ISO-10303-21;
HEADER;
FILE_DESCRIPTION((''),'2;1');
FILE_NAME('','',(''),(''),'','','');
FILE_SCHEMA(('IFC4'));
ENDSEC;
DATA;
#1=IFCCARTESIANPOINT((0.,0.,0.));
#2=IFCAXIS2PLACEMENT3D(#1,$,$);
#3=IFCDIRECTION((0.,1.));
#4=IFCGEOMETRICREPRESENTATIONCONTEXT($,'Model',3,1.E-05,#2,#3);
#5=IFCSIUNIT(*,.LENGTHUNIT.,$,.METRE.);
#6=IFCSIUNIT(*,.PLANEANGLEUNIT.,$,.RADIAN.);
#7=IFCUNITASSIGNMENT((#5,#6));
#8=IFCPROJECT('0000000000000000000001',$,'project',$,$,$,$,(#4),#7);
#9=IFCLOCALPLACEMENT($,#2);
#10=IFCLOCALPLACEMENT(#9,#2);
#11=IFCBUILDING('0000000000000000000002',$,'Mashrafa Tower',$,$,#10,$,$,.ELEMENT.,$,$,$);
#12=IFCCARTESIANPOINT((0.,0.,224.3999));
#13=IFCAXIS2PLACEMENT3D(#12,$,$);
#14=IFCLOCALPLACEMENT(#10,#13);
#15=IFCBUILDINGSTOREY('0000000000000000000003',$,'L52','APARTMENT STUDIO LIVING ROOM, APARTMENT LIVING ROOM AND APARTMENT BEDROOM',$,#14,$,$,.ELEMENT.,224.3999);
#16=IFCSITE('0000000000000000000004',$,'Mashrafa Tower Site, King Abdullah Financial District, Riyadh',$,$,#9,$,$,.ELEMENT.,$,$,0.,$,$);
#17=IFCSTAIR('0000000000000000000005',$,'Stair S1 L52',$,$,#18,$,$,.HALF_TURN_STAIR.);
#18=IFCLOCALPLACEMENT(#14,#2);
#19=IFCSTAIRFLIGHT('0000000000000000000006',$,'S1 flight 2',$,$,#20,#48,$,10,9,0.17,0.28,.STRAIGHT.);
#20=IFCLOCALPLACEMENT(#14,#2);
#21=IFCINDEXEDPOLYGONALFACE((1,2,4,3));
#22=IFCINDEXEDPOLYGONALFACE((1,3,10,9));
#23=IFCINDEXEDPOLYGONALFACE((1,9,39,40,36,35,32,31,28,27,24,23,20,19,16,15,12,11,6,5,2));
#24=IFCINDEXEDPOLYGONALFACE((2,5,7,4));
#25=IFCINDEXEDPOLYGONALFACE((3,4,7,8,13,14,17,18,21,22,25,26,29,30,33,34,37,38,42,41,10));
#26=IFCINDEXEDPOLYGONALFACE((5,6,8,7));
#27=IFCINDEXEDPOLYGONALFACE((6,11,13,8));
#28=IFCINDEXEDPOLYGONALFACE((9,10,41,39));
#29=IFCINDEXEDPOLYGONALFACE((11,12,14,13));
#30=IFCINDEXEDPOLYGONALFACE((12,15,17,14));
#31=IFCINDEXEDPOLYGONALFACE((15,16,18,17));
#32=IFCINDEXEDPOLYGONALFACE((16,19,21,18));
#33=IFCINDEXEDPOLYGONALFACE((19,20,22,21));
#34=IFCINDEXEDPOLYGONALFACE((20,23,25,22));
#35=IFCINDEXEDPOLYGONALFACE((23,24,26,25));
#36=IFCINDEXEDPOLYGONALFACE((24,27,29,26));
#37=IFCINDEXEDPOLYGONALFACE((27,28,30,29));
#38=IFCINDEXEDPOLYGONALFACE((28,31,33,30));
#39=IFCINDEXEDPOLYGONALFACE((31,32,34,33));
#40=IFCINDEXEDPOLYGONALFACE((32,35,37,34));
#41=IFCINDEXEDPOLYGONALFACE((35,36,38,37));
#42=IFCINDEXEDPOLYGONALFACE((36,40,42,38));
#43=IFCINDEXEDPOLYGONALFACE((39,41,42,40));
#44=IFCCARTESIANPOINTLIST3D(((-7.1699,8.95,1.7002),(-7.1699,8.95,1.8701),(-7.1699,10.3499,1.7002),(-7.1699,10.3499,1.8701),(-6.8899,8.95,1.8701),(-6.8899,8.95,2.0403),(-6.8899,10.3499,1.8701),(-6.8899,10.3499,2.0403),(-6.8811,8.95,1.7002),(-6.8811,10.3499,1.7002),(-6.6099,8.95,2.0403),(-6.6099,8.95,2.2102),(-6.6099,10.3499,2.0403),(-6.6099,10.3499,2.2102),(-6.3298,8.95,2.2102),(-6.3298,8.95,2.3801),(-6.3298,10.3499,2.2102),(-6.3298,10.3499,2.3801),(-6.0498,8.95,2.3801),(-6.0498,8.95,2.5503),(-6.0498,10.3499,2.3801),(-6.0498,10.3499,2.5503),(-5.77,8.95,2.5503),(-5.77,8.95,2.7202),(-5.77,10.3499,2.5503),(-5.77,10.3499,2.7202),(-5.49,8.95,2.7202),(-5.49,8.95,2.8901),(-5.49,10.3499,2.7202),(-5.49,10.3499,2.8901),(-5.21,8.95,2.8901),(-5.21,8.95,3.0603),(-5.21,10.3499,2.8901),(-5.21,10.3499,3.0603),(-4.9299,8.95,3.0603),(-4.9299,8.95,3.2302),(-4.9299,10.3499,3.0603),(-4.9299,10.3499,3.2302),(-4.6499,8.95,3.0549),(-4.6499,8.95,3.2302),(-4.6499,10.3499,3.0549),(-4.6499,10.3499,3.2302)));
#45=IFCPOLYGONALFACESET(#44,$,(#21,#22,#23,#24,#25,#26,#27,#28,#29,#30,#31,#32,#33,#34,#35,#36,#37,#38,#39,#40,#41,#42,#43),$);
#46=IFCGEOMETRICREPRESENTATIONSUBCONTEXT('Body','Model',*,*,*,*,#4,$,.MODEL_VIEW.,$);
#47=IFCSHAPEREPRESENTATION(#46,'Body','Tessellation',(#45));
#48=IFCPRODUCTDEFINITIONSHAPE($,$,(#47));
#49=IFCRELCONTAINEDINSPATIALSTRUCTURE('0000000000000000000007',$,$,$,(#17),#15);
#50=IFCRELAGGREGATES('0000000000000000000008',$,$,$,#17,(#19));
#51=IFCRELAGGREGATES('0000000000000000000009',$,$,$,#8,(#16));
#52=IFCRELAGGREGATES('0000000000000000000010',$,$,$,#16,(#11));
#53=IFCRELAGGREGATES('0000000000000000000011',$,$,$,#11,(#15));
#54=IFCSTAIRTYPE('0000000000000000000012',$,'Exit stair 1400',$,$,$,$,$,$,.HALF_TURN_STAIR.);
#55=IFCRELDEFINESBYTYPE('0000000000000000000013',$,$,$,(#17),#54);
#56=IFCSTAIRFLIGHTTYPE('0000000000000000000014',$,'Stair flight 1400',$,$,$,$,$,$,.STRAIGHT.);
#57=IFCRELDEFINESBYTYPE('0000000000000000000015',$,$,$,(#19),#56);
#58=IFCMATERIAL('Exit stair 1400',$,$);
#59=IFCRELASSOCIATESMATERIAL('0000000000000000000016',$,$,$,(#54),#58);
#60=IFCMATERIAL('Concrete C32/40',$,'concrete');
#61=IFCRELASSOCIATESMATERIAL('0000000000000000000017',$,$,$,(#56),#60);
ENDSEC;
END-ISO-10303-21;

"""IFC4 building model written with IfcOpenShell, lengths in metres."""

from ifc_helpers import new_model, si_unit, direction, frame, origin, place, context, subcontext, project, spatial, polyline, outline, extrude, material, type_object, element, aggregate, save


model = new_model("IFC4")

# Units and contexts
model_context = context("Model", 3, precision=1e-05, world=origin(), true_north=direction((0.0, 1.0)))
body_context = subcontext(model_context, "Body", "Model", "MODEL_VIEW")
ifc_project = project(units=[si_unit("LENGTHUNIT", "METRE"), si_unit("PLANEANGLEUNIT", "RADIAN")], contexts=[model_context])

# Site, building, storey
site_placement = place(None, origin())
site = spatial("IfcSite", under=ifc_project, at=site_placement, Name="Mashrafa Tower Site, King Abdullah Financial District, Riyadh", CompositionType="ELEMENT", RefElevation=0.0)
building_placement = place(site_placement, origin())
building = spatial("IfcBuilding", under=site, at=building_placement, Name="Mashrafa Tower", CompositionType="ELEMENT")
storey_placement = place(building_placement, frame((0.0, 0.0, 224.3999)))
storey = spatial("IfcBuildingStorey", under=building, at=storey_placement, Name="L52", Description="APARTMENT STUDIO LIVING ROOM, APARTMENT LIVING ROOM AND APARTMENT BEDROOM", CompositionType="ELEMENT", Elevation=224.3999)

# Stair, stair flight
ifc_material_1 = material(Name="Exit stair 1400")
stair_type = type_object("IfcStairType", Name="Exit stair 1400", PredefinedType="HALF_TURN_STAIR", material=ifc_material_1)
stair_placement = place(storey_placement, origin())
stair = element("IfcStair", 1, at=stair_placement, inside=storey, type_object=stair_type, Name="Stair S1 L52", PredefinedType="HALF_TURN_STAIR")
ifc_material_2 = material(Name="Concrete C32/40", Category="concrete")
stair_flight_type = type_object("IfcStairFlightType", Name="Stair flight 1400", PredefinedType="STRAIGHT", material=ifc_material_2)
stair_flight_1_placement = place(storey_placement, frame((-7.1699, 9.6499, 1.7002), z_axis=(0.0, 0.0, 1.0), x_axis=(1.0, 0.0, 0.0)))
stair_flight_1 = element("IfcStairFlight", 2, at=stair_flight_1_placement, type_object=stair_flight_type, Name="S1 flight 2", NumberOfRisers=10, NumberOfTreads=9, PredefinedType="STRAIGHT", RiserHeight=0.17, TreadLength=0.28, context=body_context, shape_type="SweptSolid", body=[
    extrude(outline(polyline([(0.0, 0.0), (0.0, 0.1699), (0.28, 0.1699), (0.28, 0.3401), (0.5601, 0.3401), (0.5601, 0.51), (0.8401, 0.51), (0.8401, 0.6799), (1.1201, 0.6799), (1.1201, 0.8501), (1.3999, 0.8501), (1.3999, 1.02), (1.6799, 1.02), (1.6799, 1.1899), (1.96, 1.1899), (1.96, 1.3601), (2.24, 1.3601), (2.24, 1.53), (2.52, 1.53), (2.52, 1.7), (2.52, 1.3547), (0.2888, 0.0), (0.0, 0.0)])), frame((0.0, 0.7, 0.0), z_axis=(0.0, -1.0, 0.0), x_axis=(1.0, 0.0, 0.0)), (0.0, 0.0, 1.0), 1.3999),
])
aggregate(stair, [stair_flight_1])

save(model, "model.ifc")
